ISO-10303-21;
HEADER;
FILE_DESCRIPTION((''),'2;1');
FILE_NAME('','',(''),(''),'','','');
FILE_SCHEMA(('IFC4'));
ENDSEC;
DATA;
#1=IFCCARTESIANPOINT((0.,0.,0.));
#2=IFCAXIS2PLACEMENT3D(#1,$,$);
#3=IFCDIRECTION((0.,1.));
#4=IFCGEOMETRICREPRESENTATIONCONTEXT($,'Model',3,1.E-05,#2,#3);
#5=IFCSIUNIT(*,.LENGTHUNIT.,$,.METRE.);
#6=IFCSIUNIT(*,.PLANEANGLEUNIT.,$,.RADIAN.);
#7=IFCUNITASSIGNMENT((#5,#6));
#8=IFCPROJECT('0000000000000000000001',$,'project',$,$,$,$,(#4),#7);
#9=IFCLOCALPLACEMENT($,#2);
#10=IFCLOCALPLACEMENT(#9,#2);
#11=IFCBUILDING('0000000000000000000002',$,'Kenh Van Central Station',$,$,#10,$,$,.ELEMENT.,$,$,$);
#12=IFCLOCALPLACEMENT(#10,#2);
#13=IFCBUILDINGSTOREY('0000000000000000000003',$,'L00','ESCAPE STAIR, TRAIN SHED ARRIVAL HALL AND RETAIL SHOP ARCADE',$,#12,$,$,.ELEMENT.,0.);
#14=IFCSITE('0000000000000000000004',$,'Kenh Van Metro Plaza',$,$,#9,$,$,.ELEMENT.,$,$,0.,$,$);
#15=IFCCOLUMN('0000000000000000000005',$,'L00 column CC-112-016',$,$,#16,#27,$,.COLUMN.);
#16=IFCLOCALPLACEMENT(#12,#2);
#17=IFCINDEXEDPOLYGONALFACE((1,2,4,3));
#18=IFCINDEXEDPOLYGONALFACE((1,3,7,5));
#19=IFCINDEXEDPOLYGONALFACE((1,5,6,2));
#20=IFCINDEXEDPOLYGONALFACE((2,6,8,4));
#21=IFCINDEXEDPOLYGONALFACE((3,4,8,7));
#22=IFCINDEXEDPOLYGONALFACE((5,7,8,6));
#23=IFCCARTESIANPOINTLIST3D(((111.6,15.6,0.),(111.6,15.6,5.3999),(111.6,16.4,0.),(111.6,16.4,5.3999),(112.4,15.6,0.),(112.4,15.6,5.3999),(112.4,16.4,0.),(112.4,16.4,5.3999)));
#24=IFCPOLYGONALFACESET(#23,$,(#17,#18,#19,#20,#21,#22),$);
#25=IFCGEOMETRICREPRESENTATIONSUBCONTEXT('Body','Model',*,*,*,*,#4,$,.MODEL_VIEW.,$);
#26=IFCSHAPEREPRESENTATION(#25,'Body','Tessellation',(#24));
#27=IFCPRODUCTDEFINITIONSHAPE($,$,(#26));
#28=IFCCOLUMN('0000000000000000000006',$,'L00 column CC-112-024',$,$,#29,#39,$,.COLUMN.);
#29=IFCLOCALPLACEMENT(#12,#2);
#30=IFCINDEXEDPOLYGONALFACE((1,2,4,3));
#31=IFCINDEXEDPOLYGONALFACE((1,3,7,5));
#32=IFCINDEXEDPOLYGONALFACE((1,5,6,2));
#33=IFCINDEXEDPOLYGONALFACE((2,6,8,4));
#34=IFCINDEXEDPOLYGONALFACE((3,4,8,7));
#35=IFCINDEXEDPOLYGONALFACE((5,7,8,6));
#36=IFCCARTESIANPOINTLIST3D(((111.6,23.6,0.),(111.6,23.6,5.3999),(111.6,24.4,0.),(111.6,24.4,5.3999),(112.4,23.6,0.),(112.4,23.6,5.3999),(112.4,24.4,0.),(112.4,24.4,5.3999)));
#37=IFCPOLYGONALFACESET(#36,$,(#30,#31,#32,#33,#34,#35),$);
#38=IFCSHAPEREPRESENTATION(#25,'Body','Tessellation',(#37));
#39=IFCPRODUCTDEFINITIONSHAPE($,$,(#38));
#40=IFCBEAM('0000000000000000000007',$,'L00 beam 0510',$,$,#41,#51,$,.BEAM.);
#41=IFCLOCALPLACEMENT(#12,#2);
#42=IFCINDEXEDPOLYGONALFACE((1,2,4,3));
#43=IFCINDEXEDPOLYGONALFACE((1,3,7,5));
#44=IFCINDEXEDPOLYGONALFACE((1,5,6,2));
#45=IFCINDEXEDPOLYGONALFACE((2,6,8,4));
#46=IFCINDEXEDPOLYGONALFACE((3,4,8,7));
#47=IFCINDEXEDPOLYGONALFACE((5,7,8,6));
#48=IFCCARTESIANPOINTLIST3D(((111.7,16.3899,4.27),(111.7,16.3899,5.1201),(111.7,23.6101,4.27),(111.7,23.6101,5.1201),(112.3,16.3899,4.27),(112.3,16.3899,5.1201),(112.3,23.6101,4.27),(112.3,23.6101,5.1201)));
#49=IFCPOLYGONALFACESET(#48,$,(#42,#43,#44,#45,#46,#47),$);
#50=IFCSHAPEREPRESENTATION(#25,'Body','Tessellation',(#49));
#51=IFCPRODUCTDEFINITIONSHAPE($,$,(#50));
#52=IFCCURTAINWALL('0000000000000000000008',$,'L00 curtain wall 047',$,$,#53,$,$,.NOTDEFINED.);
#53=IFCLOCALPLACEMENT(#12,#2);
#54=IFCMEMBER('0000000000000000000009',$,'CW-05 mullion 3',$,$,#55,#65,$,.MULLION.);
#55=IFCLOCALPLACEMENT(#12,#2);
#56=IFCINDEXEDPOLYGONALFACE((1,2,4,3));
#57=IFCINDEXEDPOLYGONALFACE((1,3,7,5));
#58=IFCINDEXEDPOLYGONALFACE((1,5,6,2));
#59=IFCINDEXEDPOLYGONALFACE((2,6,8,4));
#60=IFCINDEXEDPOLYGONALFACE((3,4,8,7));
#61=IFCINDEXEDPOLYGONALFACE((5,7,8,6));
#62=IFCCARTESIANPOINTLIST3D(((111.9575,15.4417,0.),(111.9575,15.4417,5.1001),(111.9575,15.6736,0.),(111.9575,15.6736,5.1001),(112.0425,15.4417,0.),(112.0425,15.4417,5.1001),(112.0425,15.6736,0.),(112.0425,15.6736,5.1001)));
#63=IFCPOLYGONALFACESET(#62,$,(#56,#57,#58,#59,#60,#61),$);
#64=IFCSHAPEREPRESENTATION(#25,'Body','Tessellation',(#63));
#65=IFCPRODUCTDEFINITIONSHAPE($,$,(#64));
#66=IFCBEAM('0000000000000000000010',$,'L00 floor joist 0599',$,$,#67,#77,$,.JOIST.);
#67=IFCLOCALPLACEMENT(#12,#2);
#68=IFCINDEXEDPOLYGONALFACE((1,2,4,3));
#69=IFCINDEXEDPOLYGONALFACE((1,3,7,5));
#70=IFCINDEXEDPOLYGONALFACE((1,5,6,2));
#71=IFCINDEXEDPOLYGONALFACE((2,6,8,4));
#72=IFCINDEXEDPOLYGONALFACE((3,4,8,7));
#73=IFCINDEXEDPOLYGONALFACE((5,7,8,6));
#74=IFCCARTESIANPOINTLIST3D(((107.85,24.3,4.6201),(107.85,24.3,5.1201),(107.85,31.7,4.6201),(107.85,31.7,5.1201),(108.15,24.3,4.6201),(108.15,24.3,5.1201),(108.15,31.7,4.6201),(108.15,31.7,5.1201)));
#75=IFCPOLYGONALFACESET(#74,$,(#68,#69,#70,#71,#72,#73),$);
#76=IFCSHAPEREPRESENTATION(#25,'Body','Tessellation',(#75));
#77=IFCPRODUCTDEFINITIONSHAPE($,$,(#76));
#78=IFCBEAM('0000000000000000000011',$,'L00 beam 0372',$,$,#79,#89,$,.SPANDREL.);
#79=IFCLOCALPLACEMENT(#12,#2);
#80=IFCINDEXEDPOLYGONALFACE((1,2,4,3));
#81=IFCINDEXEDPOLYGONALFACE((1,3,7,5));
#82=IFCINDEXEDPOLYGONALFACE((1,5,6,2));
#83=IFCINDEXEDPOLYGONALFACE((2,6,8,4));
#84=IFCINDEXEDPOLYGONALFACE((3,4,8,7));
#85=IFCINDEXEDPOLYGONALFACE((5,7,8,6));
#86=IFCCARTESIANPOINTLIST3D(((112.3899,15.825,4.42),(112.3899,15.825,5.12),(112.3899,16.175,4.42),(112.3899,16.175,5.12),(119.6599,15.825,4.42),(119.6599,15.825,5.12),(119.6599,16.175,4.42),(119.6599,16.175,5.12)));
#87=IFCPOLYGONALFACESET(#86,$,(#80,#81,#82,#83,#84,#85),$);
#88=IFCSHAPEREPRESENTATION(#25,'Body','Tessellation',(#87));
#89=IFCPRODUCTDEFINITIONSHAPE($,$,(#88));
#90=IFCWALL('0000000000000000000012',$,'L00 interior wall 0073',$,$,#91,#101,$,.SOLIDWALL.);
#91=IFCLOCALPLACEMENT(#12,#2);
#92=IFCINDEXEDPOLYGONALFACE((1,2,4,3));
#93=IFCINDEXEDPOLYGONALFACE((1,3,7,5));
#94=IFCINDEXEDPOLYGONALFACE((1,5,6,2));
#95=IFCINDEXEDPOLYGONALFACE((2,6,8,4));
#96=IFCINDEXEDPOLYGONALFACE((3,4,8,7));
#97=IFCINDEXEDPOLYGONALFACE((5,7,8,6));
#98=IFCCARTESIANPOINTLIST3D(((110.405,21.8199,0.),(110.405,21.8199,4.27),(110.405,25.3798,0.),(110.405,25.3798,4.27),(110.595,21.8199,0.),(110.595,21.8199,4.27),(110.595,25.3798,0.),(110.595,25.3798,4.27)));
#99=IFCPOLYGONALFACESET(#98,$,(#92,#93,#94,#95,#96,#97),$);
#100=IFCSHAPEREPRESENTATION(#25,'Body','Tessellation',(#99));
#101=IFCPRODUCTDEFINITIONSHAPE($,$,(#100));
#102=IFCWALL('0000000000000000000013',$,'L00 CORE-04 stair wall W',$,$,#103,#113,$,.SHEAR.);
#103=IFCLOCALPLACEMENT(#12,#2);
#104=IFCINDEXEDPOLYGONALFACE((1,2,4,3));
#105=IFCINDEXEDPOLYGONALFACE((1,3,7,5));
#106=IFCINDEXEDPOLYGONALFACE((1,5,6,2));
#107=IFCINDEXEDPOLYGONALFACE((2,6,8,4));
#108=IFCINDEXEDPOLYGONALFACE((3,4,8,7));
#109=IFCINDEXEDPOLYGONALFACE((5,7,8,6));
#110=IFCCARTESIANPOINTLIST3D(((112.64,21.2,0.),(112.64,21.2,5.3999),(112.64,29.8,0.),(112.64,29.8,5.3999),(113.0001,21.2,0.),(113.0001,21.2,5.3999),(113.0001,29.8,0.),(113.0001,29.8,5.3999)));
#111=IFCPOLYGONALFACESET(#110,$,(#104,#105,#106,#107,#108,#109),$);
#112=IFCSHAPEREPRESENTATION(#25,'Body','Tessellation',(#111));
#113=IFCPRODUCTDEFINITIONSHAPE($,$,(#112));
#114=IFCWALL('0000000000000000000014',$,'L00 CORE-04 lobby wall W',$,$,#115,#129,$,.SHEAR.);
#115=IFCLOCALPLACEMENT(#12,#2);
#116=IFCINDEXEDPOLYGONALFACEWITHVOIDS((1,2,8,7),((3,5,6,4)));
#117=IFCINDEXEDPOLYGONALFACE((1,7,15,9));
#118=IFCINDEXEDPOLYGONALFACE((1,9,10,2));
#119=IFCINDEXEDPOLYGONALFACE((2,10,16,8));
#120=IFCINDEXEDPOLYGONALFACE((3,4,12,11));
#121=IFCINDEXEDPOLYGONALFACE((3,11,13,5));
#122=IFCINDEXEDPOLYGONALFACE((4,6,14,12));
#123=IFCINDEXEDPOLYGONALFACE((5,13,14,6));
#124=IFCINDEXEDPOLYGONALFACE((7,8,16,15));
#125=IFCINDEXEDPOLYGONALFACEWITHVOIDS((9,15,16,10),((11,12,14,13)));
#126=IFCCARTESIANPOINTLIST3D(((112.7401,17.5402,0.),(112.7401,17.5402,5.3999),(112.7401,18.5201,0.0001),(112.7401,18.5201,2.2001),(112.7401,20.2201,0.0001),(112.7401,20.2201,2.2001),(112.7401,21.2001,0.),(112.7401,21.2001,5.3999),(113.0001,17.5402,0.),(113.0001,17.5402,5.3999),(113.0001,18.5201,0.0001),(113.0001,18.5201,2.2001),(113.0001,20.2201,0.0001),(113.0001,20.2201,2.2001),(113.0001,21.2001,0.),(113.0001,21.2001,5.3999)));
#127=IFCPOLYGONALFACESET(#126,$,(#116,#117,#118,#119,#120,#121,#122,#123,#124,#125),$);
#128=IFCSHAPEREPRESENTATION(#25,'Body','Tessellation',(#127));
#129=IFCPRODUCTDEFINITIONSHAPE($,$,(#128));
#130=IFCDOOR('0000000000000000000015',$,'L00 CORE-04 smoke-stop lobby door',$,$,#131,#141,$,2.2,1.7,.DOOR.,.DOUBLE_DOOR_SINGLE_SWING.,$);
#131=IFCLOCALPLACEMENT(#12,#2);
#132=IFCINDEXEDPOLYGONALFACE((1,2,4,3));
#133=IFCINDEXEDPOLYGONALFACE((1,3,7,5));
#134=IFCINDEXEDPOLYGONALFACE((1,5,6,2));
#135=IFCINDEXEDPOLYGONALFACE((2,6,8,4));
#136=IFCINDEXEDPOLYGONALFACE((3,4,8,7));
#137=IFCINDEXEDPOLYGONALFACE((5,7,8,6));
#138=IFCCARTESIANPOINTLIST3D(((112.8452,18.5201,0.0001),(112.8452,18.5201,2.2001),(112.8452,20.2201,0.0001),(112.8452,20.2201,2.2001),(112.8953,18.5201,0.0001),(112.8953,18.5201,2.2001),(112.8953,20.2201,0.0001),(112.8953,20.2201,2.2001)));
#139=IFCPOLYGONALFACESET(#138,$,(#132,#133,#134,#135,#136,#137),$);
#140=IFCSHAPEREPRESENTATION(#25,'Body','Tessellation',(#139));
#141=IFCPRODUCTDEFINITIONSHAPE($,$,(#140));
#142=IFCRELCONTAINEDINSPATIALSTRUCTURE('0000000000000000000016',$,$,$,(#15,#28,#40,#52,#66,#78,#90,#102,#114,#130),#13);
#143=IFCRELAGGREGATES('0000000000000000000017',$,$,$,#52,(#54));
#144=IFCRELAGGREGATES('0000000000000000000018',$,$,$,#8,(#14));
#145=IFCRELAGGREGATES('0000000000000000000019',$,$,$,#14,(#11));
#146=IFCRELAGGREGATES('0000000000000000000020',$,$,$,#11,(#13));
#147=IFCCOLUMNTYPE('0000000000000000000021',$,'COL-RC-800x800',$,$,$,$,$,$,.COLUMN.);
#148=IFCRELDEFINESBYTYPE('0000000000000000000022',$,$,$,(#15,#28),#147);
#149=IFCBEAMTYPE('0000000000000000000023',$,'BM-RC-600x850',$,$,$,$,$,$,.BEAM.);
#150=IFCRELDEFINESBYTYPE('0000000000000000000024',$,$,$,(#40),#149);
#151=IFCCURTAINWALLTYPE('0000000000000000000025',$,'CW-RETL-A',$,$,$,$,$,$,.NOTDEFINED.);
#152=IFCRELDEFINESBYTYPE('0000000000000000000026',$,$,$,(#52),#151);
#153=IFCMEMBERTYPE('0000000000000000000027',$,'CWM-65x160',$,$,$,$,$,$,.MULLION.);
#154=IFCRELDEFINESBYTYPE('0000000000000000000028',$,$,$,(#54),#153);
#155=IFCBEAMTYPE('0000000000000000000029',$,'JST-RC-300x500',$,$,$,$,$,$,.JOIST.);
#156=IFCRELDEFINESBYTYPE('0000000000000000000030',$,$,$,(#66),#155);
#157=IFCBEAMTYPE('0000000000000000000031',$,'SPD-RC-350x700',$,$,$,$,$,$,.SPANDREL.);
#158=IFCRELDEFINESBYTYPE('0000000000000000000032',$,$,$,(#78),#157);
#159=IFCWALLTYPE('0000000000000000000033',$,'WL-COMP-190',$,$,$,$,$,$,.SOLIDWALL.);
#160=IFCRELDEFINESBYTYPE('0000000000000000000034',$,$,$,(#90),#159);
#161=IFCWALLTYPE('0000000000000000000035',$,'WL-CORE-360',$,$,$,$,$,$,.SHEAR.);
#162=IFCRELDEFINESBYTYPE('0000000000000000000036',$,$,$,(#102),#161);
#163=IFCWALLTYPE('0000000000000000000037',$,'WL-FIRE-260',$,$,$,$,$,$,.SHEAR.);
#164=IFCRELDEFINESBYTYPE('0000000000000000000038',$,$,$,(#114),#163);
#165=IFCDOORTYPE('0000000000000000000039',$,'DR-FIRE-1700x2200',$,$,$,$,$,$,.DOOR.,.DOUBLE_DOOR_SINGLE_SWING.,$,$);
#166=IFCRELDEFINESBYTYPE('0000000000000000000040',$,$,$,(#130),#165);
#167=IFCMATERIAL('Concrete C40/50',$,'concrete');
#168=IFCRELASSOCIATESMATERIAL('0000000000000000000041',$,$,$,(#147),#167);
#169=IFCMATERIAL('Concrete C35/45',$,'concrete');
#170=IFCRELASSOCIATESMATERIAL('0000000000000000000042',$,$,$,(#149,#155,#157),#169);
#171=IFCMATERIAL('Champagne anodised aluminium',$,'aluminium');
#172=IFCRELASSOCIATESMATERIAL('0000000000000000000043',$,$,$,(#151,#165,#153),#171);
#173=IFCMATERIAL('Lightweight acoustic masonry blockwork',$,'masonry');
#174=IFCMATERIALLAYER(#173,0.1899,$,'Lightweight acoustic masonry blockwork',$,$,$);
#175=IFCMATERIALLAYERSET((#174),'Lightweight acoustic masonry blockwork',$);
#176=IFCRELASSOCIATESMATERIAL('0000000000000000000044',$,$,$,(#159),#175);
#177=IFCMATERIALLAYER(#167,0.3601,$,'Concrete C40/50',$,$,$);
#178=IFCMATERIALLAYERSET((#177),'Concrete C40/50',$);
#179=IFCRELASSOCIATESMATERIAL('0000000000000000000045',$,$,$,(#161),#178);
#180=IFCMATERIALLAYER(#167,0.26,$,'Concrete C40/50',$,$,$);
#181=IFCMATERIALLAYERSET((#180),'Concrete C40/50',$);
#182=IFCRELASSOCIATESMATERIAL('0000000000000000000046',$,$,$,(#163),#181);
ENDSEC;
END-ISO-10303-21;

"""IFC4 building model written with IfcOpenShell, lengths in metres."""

from ifc_helpers import new_model, si_unit, direction, frame, frame_2d, origin, origin_2d, place, context, subcontext, project, spatial, rectangle, extrude, material, layer, layer_set, material_profile, profile_set, type_object, element, fill, aggregate, save


model = new_model("IFC4")

# Units and contexts
model_context = context("Model", 3, precision=1e-05, world=origin(), true_north=direction((0.0, 1.0)))
body_context = subcontext(model_context, "Body", "Model", "MODEL_VIEW")
ifc_project = project(units=[si_unit("LENGTHUNIT", "METRE"), si_unit("PLANEANGLEUNIT", "RADIAN")], contexts=[model_context])

# Site, building, storey
site_placement = place(None, origin())
site = spatial("IfcSite", under=ifc_project, at=site_placement, Name="Kenh Van Metro Plaza", CompositionType="ELEMENT", RefElevation=0.0)
building_placement = place(site_placement, origin())
building = spatial("IfcBuilding", under=site, at=building_placement, Name="Kenh Van Central Station", CompositionType="ELEMENT")
storey_placement = place(building_placement, origin())
storey = spatial("IfcBuildingStorey", under=building, at=storey_placement, Name="L00", Description="ESCAPE STAIR, TRAIN SHED ARRIVAL HALL AND RETAIL SHOP ARCADE", CompositionType="ELEMENT", Elevation=0.0)

# Columns
ifc_material_1 = material(Name="Concrete C40/50", Category="concrete")
ifc_material_profile_1 = material_profile(ifc_material_1, rectangle(XDim=0.8, YDim=0.8, at=origin_2d()), Name="RC 800x800")
ifc_profile_set_1 = profile_set([ifc_material_profile_1], Name="Concrete C40/50")
column_type = type_object("IfcColumnType", Name="COL-RC-800x800", PredefinedType="COLUMN", material=ifc_profile_set_1)
for number, where, z_axis, x_axis, name in (
    (1, (112.0, 16.0, 0.0), (0.0, 0.0, 1.0), (1.0, 0.0, 0.0), "L00 column CC-112-016"),
    (2, (112.0, 24.0, 0.0), (0.0, 0.0, 1.0), (1.0, 0.0, 0.0), "L00 column CC-112-024"),
):
    element("IfcColumn", number, at=place(storey_placement, frame(where, z_axis=z_axis, x_axis=x_axis)), inside=storey, type_object=column_type, Name=name, PredefinedType="COLUMN", context=body_context, shape_type="SweptSolid", body=[
        extrude(rectangle(XDim=0.8, YDim=0.8, at=origin_2d()), origin(), (0.0, 0.0, 1.0), 5.3999),
    ])

# Beam
ifc_material_2 = material(Name="Concrete C35/45", Category="concrete")
ifc_material_profile_2 = material_profile(ifc_material_2, rectangle(XDim=0.6001, YDim=0.8501, at=origin_2d()), Name="RC 600x850")
ifc_profile_set_2 = profile_set([ifc_material_profile_2], Name="Concrete C35/45")
beam_type_1 = type_object("IfcBeamType", Name="BM-RC-600x850", PredefinedType="BEAM", material=ifc_profile_set_2)
beam_1_placement = place(storey_placement, frame((112.0, 16.3899, 4.6951), z_axis=(0.0, 1.0, 0.0), x_axis=(-1.0, 0.0, 0.0)))
element("IfcBeam", 3, at=beam_1_placement, inside=storey, type_object=beam_type_1, Name="L00 beam 0510", PredefinedType="BEAM", context=body_context, shape_type="SweptSolid", body=[
    extrude(rectangle(XDim=0.6001, YDim=0.8501, at=origin_2d()), origin(), (0.0, 0.0, 1.0), 7.2202),
])

# Curtain wall, member
ifc_material_3 = material(Name="Champagne anodised aluminium", Category="aluminium")
curtain_wall_type = type_object("IfcCurtainWallType", Name="CW-RETL-A", PredefinedType="NOTDEFINED", material=ifc_material_3)
curtain_wall_placement = place(storey_placement, origin())
curtain_wall = element("IfcCurtainWall", 4, at=curtain_wall_placement, inside=storey, type_object=curtain_wall_type, Name="L00 curtain wall 047", PredefinedType="NOTDEFINED")
ifc_material_profile_3 = material_profile(ifc_material_3, rectangle(XDim=0.085, YDim=0.2319, at=origin_2d()), Name="AL 85x232")
ifc_profile_set_3 = profile_set([ifc_material_profile_3], Name="Champagne anodised aluminium")
member_type = type_object("IfcMemberType", Name="CWM-65x160", PredefinedType="MULLION", material=ifc_profile_set_3)
member_placement = place(storey_placement, frame((112.0, 15.5576, 0.0), z_axis=(0.0, 0.0, 1.0), x_axis=(-1.0, 0.0, 0.0)))
member = element("IfcMember", 5, at=member_placement, type_object=member_type, Name="CW-05 mullion 3", PredefinedType="MULLION", context=body_context, shape_type="SweptSolid", body=[
    extrude(rectangle(XDim=0.085, YDim=0.2319, at=origin_2d()), origin(), (0.0, 0.0, 1.0), 5.1001),
])
aggregate(curtain_wall, [member])

# Beams
ifc_material_profile_4 = material_profile(ifc_material_2, rectangle(XDim=0.3, YDim=0.5, at=origin_2d()), Name="RC 300x500")
ifc_profile_set_4 = profile_set([ifc_material_profile_4], Name="Concrete C35/45")
beam_type_2 = type_object("IfcBeamType", Name="JST-RC-300x500", PredefinedType="JOIST", material=ifc_profile_set_4)
beam_2_placement = place(storey_placement, frame((108.0, 24.3, 4.8701), z_axis=(0.0, 1.0, 0.0), x_axis=(-1.0, 0.0, 0.0)))
element("IfcBeam", 6, at=beam_2_placement, inside=storey, type_object=beam_type_2, Name="L00 floor joist 0599", PredefinedType="JOIST", context=body_context, shape_type="SweptSolid", body=[
    extrude(rectangle(XDim=0.3, YDim=0.5, at=origin_2d()), origin(), (0.0, 0.0, 1.0), 7.3999),
])
ifc_material_profile_5 = material_profile(ifc_material_2, rectangle(XDim=0.3501, YDim=0.7, at=origin_2d()), Name="RC 350x700")
ifc_profile_set_5 = profile_set([ifc_material_profile_5], Name="Concrete C35/45")
beam_type_3 = type_object("IfcBeamType", Name="SPD-RC-350x700", PredefinedType="SPANDREL", material=ifc_profile_set_5)
beam_3_placement = place(storey_placement, frame((112.3899, 16.0, 4.77), z_axis=(1.0, 0.0, 0.0), x_axis=(0.0, 1.0, 0.0)))
element("IfcBeam", 7, at=beam_3_placement, inside=storey, type_object=beam_type_3, Name="L00 beam 0372", PredefinedType="SPANDREL", context=body_context, shape_type="SweptSolid", body=[
    extrude(rectangle(XDim=0.3501, YDim=0.7, at=origin_2d()), origin(), (0.0, 0.0, 1.0), 7.27),
])

# Wall
ifc_material_4 = material(Name="Lightweight acoustic masonry blockwork", Category="masonry")
ifc_layer_1 = layer(ifc_material_4, 0.1899, Name="Lightweight acoustic masonry blockwork")
ifc_layer_set_1 = layer_set([ifc_layer_1], Name="Lightweight acoustic masonry blockwork")
wall_type_1 = type_object("IfcWallType", Name="WL-COMP-190", PredefinedType="SOLIDWALL", material=ifc_layer_set_1)
wall_1_placement = place(storey_placement, frame((110.5, 21.8201, 0.0), z_axis=(0.0, 0.0, 1.0), x_axis=(0.0, 1.0, 0.0)))
element("IfcWall", 8, at=wall_1_placement, inside=storey, type_object=wall_type_1, Name="L00 interior wall 0073", PredefinedType="SOLIDWALL", context=body_context, shape_type="SweptSolid", body=[
    extrude(rectangle(XDim=3.5598, YDim=0.1899, at=frame_2d((1.7798, 0.0))), origin(), (0.0, 0.0, 1.0), 4.27),
])

# Shared definitions
ifc_layer_2 = layer(ifc_material_1, 0.3601, Name="Concrete C40/50")
ifc_layer_set_2 = layer_set([ifc_layer_2], Name="Concrete C40/50")
wall_type_2 = type_object("IfcWallType", Name="WL-CORE-360", PredefinedType="SHEAR", material=ifc_layer_set_2)

# Wall
wall_2_placement = place(storey_placement, frame((112.8201, 21.2, 0.0), z_axis=(0.0, 0.0, 1.0), x_axis=(0.0, 1.0, 0.0)))
element("IfcWall", 9, at=wall_2_placement, inside=storey, type_object=wall_type_2, Name="L00 CORE-04 stair wall W", PredefinedType="SHEAR", context=body_context, shape_type="SweptSolid", body=[
    extrude(rectangle(XDim=8.6001, YDim=0.3601, at=frame_2d((4.3, 0.0))), origin(), (0.0, 0.0, 1.0), 5.3999),
])

# Wall, opening, door
ifc_layer_3 = layer(ifc_material_1, 0.26, Name="Concrete C40/50")
ifc_layer_set_3 = layer_set([ifc_layer_3], Name="Concrete C40/50")
wall_type_3 = type_object("IfcWallType", Name="WL-FIRE-260", PredefinedType="SHEAR", material=ifc_layer_set_3)
wall_3_placement = place(storey_placement, frame((112.8701, 17.54, 0.0), z_axis=(0.0, 0.0, 1.0), x_axis=(0.0, 1.0, 0.0)))
wall_3 = element("IfcWall", 10, at=wall_3_placement, inside=storey, type_object=wall_type_3, Name="L00 CORE-04 lobby wall W", PredefinedType="SHEAR", context=body_context, shape_type="SweptSolid", body=[
    extrude(rectangle(XDim=3.6599, YDim=0.26, at=frame_2d((1.8301, 0.0))), origin(), (0.0, 0.0, 1.0), 5.3999),
])
opening_1_placement = place(wall_3_placement, frame((0.98, 0.0, 0.0)))
opening_1 = element("IfcOpeningElement", 11, at=opening_1_placement, cuts=wall_3, PredefinedType="OPENING", context=body_context, shape_type="SweptSolid", body=[
    extrude(rectangle(XDim=1.7, YDim=2.2, at=frame_2d((0.8501, 1.1001))), frame((0.0, 0.1399, 0.0), z_axis=(0.0, -1.0, 0.0), x_axis=(1.0, 0.0, 0.0)), (0.0, 0.0, 1.0), 0.28),
])
door_type_1 = type_object("IfcDoorType", Name="DR-FIRE-1700x2200", OperationType="DOUBLE_DOOR_SINGLE_SWING", PredefinedType="DOOR", material=ifc_material_3)
door_1_placement = place(opening_1_placement, origin())
door_1 = element("IfcDoor", 12, at=door_1_placement, inside=storey, type_object=door_type_1, Name="L00 CORE-04 smoke-stop lobby door", OperationType="DOUBLE_DOOR_SINGLE_SWING", OverallHeight=2.2, OverallWidth=1.7, PredefinedType="DOOR", context=body_context, shape_type="SweptSolid", body=[
    extrude(rectangle(XDim=1.7, YDim=2.2, at=frame_2d((0.8501, 1.1001))), frame((0.0, 0.0249, 0.0), z_axis=(0.0, -1.0, 0.0), x_axis=(1.0, 0.0, 0.0)), (0.0, 0.0, 1.0), 0.05),
])
fill(opening_1, door_1)

save(model, "model.ifc")
